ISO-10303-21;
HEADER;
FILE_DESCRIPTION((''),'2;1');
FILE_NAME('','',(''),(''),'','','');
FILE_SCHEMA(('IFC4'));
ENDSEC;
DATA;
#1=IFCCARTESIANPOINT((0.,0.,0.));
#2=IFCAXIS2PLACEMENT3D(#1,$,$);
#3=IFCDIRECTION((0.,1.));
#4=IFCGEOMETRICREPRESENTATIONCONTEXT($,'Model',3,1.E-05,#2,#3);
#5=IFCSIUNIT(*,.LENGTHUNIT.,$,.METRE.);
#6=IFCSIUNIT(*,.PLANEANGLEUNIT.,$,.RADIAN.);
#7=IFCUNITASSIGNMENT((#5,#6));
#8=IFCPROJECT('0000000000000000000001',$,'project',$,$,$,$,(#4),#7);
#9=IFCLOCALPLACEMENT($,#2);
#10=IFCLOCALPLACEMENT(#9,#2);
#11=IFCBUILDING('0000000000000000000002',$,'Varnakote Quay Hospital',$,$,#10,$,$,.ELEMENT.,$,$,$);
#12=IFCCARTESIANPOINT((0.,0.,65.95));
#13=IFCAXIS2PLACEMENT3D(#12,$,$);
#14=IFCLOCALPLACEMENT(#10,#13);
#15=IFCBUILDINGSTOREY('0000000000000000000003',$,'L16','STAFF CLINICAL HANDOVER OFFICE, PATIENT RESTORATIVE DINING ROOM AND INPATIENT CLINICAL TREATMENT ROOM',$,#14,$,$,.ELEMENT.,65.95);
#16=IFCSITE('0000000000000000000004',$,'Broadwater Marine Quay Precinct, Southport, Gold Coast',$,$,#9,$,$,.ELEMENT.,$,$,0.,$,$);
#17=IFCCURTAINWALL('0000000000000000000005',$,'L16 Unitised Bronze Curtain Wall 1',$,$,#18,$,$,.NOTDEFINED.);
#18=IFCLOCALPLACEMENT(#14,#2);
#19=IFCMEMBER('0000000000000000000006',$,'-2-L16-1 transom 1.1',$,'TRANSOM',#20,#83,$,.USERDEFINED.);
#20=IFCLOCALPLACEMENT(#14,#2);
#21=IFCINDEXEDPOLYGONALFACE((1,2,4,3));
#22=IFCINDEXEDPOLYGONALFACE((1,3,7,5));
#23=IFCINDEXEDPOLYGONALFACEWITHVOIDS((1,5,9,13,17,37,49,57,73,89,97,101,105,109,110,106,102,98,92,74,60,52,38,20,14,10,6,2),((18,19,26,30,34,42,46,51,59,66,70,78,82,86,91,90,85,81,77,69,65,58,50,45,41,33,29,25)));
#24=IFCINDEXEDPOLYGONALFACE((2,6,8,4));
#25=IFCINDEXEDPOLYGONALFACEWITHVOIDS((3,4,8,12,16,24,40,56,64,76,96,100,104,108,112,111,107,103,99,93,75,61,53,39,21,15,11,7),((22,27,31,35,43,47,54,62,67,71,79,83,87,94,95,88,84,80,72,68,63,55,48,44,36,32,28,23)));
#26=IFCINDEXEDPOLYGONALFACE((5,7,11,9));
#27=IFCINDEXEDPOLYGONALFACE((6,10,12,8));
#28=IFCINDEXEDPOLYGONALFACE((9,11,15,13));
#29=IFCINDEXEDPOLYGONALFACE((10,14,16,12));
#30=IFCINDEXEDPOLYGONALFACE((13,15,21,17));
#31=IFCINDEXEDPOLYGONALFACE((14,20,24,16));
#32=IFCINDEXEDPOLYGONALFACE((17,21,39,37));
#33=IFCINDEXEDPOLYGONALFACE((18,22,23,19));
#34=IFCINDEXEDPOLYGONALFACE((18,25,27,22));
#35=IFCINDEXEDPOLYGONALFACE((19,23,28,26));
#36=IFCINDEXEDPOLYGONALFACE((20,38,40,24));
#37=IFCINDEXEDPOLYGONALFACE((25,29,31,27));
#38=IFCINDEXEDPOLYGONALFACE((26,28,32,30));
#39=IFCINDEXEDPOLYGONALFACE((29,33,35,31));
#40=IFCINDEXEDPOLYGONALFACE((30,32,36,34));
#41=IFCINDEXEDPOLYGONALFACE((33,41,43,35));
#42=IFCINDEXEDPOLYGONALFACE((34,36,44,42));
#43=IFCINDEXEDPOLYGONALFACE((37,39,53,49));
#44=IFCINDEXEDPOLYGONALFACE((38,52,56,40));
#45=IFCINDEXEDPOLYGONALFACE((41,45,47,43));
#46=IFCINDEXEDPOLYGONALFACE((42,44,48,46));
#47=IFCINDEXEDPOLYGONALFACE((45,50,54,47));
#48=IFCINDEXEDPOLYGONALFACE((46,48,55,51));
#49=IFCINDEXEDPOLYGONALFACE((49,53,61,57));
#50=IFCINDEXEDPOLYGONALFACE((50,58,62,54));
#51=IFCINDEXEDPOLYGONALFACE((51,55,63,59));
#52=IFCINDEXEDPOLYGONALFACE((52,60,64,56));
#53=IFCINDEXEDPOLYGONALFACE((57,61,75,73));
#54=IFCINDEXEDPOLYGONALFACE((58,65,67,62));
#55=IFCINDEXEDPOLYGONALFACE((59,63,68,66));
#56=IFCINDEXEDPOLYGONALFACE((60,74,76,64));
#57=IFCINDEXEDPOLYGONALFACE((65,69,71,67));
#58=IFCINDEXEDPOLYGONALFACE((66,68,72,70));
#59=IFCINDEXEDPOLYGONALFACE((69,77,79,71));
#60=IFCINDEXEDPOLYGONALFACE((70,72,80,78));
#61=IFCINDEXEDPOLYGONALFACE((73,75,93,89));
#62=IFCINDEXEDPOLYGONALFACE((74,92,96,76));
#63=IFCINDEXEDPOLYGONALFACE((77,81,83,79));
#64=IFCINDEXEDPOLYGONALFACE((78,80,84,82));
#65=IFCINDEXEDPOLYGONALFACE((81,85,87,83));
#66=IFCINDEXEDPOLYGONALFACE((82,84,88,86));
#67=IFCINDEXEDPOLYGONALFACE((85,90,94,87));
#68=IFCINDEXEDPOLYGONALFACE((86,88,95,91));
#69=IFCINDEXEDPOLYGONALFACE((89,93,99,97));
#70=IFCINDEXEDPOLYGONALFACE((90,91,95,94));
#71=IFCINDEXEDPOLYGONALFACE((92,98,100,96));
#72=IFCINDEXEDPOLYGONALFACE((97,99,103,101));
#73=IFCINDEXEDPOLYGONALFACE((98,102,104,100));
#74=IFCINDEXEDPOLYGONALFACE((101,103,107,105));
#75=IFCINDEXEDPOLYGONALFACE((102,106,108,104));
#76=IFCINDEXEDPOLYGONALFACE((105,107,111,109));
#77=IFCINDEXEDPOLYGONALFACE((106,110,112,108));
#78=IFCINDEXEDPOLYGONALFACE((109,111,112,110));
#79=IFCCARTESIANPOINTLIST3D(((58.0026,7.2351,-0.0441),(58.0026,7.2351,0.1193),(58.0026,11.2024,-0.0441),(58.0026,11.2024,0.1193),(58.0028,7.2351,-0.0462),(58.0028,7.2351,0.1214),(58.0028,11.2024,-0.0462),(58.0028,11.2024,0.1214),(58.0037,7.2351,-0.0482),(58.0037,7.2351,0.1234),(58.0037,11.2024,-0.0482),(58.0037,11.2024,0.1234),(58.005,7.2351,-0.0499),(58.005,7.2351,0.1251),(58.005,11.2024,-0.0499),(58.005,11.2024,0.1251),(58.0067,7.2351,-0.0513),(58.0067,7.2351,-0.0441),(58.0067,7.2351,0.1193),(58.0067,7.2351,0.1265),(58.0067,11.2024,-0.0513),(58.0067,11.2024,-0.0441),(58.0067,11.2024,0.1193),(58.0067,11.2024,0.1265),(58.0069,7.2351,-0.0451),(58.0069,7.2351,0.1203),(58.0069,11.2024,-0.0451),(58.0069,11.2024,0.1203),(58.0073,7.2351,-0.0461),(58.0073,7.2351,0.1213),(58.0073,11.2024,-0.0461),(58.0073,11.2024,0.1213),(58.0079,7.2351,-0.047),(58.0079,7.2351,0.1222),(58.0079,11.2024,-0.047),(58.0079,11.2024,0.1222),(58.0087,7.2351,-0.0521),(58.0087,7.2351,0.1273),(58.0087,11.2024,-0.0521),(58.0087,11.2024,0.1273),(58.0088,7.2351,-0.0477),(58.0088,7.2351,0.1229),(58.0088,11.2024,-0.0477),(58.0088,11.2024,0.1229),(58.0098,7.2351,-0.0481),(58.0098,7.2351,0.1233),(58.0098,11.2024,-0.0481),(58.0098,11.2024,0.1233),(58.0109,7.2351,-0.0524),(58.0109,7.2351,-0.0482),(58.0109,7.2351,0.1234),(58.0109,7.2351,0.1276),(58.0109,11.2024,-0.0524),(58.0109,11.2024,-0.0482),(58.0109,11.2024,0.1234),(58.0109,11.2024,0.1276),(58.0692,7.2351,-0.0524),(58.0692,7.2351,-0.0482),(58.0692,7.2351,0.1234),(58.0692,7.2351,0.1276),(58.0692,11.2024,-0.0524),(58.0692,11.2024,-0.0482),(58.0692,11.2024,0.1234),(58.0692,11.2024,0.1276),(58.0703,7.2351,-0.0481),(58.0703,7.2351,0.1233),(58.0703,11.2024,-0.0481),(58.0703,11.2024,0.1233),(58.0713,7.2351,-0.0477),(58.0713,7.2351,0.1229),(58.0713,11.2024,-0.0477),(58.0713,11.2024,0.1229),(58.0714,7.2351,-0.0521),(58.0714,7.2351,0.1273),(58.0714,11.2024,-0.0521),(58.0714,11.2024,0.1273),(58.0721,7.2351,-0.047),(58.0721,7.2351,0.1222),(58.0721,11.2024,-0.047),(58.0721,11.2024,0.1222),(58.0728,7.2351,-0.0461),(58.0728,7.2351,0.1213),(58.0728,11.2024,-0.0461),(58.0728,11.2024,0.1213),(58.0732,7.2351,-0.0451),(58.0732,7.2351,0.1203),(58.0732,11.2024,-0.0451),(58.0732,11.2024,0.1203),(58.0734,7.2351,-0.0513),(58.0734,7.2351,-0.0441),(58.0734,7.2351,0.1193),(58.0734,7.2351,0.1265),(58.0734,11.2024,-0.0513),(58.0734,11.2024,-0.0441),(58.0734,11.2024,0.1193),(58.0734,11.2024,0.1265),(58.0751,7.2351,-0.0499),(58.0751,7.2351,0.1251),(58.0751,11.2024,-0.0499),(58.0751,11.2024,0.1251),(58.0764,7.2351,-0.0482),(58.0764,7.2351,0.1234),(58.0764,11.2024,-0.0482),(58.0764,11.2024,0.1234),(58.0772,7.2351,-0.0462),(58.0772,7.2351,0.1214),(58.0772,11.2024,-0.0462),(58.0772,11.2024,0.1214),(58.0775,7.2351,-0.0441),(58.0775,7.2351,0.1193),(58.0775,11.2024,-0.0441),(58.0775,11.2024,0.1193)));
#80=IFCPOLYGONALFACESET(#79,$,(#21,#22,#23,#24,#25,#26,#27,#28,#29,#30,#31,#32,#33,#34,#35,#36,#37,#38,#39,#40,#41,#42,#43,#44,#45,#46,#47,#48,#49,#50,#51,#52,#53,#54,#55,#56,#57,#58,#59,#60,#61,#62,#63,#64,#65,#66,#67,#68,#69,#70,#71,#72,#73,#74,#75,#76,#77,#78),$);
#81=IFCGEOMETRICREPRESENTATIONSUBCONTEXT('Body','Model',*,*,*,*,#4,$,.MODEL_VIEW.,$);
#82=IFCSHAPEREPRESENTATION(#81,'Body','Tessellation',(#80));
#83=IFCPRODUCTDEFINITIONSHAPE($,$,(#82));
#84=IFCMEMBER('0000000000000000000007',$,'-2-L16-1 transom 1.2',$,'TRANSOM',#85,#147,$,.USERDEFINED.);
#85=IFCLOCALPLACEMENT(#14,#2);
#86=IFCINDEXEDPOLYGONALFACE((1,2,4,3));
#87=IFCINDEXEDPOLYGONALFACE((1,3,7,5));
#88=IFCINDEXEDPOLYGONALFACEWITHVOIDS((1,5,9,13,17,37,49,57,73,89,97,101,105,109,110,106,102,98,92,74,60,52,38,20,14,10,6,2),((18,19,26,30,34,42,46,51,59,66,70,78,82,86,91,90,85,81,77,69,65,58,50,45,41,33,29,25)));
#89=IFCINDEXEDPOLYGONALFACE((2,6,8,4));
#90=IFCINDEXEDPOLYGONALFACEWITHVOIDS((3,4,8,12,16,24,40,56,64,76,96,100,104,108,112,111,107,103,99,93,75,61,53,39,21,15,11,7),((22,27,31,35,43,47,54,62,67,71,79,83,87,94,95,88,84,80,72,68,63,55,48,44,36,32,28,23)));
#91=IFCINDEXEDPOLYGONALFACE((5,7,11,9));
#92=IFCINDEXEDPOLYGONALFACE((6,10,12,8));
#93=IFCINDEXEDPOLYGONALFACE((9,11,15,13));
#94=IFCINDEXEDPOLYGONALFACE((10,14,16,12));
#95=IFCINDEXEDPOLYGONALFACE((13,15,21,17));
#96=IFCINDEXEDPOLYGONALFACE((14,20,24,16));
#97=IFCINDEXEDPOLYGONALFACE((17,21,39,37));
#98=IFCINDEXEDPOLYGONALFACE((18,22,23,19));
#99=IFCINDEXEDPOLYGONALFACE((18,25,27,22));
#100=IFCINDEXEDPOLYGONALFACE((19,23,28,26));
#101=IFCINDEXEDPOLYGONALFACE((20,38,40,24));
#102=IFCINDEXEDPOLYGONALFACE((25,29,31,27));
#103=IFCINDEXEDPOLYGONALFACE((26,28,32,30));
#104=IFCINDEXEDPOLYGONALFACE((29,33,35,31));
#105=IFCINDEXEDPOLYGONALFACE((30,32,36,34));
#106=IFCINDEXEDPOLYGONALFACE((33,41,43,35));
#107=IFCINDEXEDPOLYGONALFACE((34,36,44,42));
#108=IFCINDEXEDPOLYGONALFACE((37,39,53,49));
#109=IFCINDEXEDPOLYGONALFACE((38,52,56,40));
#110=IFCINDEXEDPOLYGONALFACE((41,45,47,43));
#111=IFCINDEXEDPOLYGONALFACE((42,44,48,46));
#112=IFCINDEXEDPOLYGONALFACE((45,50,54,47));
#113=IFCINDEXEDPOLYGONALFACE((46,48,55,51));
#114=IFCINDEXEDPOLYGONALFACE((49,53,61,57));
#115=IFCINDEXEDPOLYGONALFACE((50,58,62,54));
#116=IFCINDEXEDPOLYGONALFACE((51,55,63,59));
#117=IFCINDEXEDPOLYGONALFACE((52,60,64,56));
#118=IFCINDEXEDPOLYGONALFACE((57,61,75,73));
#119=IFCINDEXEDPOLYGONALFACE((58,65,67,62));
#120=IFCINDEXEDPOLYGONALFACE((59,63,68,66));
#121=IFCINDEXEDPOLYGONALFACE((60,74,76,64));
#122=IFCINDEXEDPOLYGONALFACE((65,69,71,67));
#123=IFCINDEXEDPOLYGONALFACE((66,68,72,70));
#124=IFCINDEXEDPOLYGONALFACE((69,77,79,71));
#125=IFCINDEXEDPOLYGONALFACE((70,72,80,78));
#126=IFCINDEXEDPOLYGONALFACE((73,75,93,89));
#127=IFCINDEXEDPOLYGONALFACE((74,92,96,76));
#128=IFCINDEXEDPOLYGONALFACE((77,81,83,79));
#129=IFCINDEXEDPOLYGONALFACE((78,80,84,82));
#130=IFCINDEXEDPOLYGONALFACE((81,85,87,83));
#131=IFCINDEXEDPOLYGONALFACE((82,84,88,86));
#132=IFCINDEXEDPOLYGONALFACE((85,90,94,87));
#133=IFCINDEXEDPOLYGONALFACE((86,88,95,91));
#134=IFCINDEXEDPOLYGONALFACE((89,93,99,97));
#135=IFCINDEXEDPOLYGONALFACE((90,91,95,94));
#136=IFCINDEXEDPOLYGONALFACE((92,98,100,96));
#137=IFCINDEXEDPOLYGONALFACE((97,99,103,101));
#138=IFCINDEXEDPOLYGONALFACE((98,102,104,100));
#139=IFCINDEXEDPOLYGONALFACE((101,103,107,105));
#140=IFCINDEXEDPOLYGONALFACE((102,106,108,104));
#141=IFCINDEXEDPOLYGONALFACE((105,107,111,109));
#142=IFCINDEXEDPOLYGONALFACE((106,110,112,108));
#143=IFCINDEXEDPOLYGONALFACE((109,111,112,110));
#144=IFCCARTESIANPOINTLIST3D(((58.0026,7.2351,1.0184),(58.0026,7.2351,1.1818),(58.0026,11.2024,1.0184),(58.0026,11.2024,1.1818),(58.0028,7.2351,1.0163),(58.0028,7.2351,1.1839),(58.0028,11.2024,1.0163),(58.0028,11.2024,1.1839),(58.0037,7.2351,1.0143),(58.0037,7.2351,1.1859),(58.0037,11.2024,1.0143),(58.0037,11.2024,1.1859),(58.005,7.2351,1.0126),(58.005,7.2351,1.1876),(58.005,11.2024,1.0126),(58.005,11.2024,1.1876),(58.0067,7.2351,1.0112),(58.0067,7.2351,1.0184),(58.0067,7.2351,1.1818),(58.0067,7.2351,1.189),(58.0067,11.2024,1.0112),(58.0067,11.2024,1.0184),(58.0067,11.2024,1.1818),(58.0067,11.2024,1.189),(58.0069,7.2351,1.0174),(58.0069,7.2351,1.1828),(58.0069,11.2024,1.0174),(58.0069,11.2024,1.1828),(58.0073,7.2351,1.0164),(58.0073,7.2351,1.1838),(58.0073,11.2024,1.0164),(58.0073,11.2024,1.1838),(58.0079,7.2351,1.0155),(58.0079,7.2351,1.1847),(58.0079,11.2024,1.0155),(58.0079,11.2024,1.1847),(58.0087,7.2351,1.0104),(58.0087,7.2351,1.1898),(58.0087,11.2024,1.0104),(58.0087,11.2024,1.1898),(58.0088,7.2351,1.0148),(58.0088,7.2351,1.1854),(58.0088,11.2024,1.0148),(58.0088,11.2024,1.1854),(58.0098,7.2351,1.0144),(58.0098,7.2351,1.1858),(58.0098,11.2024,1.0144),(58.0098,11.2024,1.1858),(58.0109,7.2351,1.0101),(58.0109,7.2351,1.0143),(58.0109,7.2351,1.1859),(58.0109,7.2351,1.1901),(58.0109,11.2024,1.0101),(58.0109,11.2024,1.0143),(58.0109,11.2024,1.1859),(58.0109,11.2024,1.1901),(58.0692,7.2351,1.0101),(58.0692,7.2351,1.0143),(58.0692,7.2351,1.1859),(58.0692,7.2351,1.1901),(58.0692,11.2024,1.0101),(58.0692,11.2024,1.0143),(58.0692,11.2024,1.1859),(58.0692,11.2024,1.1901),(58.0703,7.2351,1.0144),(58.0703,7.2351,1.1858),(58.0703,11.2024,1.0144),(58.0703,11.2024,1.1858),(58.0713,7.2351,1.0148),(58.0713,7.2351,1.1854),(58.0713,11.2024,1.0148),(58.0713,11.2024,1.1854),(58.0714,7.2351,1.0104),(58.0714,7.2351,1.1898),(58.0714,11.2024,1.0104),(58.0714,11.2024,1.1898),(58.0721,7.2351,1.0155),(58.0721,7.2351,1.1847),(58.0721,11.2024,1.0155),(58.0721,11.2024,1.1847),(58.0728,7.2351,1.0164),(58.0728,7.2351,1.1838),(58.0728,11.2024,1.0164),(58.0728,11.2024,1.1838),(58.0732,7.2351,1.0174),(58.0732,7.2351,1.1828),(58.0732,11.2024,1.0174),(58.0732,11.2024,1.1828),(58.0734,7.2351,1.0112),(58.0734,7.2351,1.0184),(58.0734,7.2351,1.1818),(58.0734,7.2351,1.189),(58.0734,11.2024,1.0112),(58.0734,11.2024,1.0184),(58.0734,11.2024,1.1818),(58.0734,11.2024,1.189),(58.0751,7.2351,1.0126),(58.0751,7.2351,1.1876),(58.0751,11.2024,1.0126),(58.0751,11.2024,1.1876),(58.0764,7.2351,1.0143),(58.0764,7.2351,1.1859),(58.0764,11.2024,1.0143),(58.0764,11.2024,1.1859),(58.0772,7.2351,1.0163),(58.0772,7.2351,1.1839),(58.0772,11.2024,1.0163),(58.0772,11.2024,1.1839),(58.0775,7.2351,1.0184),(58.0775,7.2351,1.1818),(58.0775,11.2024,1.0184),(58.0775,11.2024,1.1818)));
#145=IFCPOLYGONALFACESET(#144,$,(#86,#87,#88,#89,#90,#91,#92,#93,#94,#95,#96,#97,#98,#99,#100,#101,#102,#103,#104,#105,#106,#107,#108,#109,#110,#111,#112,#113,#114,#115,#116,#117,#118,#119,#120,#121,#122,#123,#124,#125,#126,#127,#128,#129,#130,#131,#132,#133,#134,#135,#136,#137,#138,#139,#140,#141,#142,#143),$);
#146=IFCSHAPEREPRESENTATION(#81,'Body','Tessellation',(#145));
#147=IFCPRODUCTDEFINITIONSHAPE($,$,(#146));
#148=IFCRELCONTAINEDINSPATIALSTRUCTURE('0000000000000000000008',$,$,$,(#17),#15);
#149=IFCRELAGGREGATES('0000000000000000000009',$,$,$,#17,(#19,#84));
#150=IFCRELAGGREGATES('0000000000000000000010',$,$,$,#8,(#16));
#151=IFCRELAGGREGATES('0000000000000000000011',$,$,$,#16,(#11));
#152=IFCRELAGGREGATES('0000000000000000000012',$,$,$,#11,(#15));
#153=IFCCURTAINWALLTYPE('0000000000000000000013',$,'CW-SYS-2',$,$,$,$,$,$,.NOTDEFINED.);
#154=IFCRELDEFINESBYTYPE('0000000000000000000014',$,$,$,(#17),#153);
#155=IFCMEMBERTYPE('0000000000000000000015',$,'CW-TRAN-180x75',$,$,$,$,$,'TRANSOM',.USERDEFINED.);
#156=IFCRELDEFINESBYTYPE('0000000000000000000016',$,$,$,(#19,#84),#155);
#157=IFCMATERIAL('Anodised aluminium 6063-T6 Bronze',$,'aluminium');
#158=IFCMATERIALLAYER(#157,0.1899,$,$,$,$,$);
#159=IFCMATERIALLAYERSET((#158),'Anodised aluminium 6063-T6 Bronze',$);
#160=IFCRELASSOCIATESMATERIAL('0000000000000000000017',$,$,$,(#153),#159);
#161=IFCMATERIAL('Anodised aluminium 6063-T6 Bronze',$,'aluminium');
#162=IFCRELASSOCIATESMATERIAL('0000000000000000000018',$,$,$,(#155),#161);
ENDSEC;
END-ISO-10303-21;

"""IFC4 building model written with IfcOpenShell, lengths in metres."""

from ifc_helpers import new_model, si_unit, direction, frame, origin, origin_2d, place, context, subcontext, project, spatial, hollow_rectangle, extrude, material, layer, layer_set, material_profile, profile_set, type_object, element, aggregate, save


model = new_model("IFC4")

# Units and contexts
model_context = context("Model", 3, precision=1e-05, world=origin(), true_north=direction((0.0, 1.0)))
body_context = subcontext(model_context, "Body", "Model", "MODEL_VIEW")
ifc_project = project(units=[si_unit("LENGTHUNIT", "METRE"), si_unit("PLANEANGLEUNIT", "RADIAN")], contexts=[model_context])

# Site, building, storey
site_placement = place(None, origin())
site = spatial("IfcSite", under=ifc_project, at=site_placement, Name="Broadwater Marine Quay Precinct, Southport, Gold Coast", CompositionType="ELEMENT", RefElevation=0.0)
building_placement = place(site_placement, origin())
building = spatial("IfcBuilding", under=site, at=building_placement, Name="Varnakote Quay Hospital", CompositionType="ELEMENT")
storey_placement = place(building_placement, frame((0.0, 0.0, 65.95)))
storey = spatial("IfcBuildingStorey", under=building, at=storey_placement, Name="L16", Description="STAFF CLINICAL HANDOVER OFFICE, PATIENT RESTORATIVE DINING ROOM AND INPATIENT CLINICAL TREATMENT ROOM", CompositionType="ELEMENT", Elevation=65.95)

# Curtain wall, members
ifc_material_1 = material(Name="Anodised aluminium 6063-T6 Bronze", Category="aluminium")
ifc_layer_1 = layer(ifc_material_1, 0.1899)
ifc_layer_set_1 = layer_set([ifc_layer_1], Name="Anodised aluminium 6063-T6 Bronze")
curtain_wall_type = type_object("IfcCurtainWallType", Name="CW-SYS-2", PredefinedType="NOTDEFINED", material=ifc_layer_set_1)
curtain_wall_placement = place(storey_placement, origin())
curtain_wall = element("IfcCurtainWall", 1, at=curtain_wall_placement, inside=storey, type_object=curtain_wall_type, Name="L16 Unitised Bronze Curtain Wall 1", PredefinedType="NOTDEFINED")
ifc_material_2 = material(Name="Anodised aluminium 6063-T6 Bronze", Category="aluminium")
ifc_material_profile_1 = material_profile(ifc_material_2, hollow_rectangle(XDim=0.075, YDim=0.1799, WallThickness=0.0042, InnerFilletRadius=0.0042, OuterFilletRadius=0.0083, at=origin_2d()), Name="CW-TRAN-180x75")
ifc_profile_set_1 = profile_set([ifc_material_profile_1], Name="Anodised aluminium 6063-T6 Bronze")
member_type_1 = type_object("IfcMemberType", Name="CW-TRAN-180x75", ElementType="TRANSOM", PredefinedType="USERDEFINED", material=ifc_profile_set_1)
member_1_placement = place(storey_placement, frame((58.04, 7.2351, 0.0376), z_axis=(0.0, 1.0, 0.0), x_axis=(-1.0, 0.0, 0.0)))
member_1 = element("IfcMember", 2, at=member_1_placement, type_object=member_type_1, Name="-2-L16-1 transom 1.1", ObjectType="TRANSOM", PredefinedType="USERDEFINED", context=body_context, shape_type="SweptSolid", body=[
    extrude(hollow_rectangle(XDim=0.075, YDim=0.1799, WallThickness=0.0042, InnerFilletRadius=0.0042, OuterFilletRadius=0.0083, at=origin_2d()), origin(), (0.0, 0.0, 1.0), 3.9673),
])
member_2_placement = place(storey_placement, frame((58.04, 7.2351, 1.1001), z_axis=(0.0, 1.0, 0.0), x_axis=(-1.0, 0.0, 0.0)))
member_2 = element("IfcMember", 3, at=member_2_placement, type_object=member_type_1, Name="-2-L16-1 transom 1.2", ObjectType="TRANSOM", PredefinedType="USERDEFINED", context=body_context, shape_type="SweptSolid", body=[
    extrude(hollow_rectangle(XDim=0.075, YDim=0.1799, WallThickness=0.0042, InnerFilletRadius=0.0042, OuterFilletRadius=0.0083, at=origin_2d()), origin(), (0.0, 0.0, 1.0), 3.9673),
])
aggregate(curtain_wall, [member_1, member_2])

save(model, "model.ifc")
